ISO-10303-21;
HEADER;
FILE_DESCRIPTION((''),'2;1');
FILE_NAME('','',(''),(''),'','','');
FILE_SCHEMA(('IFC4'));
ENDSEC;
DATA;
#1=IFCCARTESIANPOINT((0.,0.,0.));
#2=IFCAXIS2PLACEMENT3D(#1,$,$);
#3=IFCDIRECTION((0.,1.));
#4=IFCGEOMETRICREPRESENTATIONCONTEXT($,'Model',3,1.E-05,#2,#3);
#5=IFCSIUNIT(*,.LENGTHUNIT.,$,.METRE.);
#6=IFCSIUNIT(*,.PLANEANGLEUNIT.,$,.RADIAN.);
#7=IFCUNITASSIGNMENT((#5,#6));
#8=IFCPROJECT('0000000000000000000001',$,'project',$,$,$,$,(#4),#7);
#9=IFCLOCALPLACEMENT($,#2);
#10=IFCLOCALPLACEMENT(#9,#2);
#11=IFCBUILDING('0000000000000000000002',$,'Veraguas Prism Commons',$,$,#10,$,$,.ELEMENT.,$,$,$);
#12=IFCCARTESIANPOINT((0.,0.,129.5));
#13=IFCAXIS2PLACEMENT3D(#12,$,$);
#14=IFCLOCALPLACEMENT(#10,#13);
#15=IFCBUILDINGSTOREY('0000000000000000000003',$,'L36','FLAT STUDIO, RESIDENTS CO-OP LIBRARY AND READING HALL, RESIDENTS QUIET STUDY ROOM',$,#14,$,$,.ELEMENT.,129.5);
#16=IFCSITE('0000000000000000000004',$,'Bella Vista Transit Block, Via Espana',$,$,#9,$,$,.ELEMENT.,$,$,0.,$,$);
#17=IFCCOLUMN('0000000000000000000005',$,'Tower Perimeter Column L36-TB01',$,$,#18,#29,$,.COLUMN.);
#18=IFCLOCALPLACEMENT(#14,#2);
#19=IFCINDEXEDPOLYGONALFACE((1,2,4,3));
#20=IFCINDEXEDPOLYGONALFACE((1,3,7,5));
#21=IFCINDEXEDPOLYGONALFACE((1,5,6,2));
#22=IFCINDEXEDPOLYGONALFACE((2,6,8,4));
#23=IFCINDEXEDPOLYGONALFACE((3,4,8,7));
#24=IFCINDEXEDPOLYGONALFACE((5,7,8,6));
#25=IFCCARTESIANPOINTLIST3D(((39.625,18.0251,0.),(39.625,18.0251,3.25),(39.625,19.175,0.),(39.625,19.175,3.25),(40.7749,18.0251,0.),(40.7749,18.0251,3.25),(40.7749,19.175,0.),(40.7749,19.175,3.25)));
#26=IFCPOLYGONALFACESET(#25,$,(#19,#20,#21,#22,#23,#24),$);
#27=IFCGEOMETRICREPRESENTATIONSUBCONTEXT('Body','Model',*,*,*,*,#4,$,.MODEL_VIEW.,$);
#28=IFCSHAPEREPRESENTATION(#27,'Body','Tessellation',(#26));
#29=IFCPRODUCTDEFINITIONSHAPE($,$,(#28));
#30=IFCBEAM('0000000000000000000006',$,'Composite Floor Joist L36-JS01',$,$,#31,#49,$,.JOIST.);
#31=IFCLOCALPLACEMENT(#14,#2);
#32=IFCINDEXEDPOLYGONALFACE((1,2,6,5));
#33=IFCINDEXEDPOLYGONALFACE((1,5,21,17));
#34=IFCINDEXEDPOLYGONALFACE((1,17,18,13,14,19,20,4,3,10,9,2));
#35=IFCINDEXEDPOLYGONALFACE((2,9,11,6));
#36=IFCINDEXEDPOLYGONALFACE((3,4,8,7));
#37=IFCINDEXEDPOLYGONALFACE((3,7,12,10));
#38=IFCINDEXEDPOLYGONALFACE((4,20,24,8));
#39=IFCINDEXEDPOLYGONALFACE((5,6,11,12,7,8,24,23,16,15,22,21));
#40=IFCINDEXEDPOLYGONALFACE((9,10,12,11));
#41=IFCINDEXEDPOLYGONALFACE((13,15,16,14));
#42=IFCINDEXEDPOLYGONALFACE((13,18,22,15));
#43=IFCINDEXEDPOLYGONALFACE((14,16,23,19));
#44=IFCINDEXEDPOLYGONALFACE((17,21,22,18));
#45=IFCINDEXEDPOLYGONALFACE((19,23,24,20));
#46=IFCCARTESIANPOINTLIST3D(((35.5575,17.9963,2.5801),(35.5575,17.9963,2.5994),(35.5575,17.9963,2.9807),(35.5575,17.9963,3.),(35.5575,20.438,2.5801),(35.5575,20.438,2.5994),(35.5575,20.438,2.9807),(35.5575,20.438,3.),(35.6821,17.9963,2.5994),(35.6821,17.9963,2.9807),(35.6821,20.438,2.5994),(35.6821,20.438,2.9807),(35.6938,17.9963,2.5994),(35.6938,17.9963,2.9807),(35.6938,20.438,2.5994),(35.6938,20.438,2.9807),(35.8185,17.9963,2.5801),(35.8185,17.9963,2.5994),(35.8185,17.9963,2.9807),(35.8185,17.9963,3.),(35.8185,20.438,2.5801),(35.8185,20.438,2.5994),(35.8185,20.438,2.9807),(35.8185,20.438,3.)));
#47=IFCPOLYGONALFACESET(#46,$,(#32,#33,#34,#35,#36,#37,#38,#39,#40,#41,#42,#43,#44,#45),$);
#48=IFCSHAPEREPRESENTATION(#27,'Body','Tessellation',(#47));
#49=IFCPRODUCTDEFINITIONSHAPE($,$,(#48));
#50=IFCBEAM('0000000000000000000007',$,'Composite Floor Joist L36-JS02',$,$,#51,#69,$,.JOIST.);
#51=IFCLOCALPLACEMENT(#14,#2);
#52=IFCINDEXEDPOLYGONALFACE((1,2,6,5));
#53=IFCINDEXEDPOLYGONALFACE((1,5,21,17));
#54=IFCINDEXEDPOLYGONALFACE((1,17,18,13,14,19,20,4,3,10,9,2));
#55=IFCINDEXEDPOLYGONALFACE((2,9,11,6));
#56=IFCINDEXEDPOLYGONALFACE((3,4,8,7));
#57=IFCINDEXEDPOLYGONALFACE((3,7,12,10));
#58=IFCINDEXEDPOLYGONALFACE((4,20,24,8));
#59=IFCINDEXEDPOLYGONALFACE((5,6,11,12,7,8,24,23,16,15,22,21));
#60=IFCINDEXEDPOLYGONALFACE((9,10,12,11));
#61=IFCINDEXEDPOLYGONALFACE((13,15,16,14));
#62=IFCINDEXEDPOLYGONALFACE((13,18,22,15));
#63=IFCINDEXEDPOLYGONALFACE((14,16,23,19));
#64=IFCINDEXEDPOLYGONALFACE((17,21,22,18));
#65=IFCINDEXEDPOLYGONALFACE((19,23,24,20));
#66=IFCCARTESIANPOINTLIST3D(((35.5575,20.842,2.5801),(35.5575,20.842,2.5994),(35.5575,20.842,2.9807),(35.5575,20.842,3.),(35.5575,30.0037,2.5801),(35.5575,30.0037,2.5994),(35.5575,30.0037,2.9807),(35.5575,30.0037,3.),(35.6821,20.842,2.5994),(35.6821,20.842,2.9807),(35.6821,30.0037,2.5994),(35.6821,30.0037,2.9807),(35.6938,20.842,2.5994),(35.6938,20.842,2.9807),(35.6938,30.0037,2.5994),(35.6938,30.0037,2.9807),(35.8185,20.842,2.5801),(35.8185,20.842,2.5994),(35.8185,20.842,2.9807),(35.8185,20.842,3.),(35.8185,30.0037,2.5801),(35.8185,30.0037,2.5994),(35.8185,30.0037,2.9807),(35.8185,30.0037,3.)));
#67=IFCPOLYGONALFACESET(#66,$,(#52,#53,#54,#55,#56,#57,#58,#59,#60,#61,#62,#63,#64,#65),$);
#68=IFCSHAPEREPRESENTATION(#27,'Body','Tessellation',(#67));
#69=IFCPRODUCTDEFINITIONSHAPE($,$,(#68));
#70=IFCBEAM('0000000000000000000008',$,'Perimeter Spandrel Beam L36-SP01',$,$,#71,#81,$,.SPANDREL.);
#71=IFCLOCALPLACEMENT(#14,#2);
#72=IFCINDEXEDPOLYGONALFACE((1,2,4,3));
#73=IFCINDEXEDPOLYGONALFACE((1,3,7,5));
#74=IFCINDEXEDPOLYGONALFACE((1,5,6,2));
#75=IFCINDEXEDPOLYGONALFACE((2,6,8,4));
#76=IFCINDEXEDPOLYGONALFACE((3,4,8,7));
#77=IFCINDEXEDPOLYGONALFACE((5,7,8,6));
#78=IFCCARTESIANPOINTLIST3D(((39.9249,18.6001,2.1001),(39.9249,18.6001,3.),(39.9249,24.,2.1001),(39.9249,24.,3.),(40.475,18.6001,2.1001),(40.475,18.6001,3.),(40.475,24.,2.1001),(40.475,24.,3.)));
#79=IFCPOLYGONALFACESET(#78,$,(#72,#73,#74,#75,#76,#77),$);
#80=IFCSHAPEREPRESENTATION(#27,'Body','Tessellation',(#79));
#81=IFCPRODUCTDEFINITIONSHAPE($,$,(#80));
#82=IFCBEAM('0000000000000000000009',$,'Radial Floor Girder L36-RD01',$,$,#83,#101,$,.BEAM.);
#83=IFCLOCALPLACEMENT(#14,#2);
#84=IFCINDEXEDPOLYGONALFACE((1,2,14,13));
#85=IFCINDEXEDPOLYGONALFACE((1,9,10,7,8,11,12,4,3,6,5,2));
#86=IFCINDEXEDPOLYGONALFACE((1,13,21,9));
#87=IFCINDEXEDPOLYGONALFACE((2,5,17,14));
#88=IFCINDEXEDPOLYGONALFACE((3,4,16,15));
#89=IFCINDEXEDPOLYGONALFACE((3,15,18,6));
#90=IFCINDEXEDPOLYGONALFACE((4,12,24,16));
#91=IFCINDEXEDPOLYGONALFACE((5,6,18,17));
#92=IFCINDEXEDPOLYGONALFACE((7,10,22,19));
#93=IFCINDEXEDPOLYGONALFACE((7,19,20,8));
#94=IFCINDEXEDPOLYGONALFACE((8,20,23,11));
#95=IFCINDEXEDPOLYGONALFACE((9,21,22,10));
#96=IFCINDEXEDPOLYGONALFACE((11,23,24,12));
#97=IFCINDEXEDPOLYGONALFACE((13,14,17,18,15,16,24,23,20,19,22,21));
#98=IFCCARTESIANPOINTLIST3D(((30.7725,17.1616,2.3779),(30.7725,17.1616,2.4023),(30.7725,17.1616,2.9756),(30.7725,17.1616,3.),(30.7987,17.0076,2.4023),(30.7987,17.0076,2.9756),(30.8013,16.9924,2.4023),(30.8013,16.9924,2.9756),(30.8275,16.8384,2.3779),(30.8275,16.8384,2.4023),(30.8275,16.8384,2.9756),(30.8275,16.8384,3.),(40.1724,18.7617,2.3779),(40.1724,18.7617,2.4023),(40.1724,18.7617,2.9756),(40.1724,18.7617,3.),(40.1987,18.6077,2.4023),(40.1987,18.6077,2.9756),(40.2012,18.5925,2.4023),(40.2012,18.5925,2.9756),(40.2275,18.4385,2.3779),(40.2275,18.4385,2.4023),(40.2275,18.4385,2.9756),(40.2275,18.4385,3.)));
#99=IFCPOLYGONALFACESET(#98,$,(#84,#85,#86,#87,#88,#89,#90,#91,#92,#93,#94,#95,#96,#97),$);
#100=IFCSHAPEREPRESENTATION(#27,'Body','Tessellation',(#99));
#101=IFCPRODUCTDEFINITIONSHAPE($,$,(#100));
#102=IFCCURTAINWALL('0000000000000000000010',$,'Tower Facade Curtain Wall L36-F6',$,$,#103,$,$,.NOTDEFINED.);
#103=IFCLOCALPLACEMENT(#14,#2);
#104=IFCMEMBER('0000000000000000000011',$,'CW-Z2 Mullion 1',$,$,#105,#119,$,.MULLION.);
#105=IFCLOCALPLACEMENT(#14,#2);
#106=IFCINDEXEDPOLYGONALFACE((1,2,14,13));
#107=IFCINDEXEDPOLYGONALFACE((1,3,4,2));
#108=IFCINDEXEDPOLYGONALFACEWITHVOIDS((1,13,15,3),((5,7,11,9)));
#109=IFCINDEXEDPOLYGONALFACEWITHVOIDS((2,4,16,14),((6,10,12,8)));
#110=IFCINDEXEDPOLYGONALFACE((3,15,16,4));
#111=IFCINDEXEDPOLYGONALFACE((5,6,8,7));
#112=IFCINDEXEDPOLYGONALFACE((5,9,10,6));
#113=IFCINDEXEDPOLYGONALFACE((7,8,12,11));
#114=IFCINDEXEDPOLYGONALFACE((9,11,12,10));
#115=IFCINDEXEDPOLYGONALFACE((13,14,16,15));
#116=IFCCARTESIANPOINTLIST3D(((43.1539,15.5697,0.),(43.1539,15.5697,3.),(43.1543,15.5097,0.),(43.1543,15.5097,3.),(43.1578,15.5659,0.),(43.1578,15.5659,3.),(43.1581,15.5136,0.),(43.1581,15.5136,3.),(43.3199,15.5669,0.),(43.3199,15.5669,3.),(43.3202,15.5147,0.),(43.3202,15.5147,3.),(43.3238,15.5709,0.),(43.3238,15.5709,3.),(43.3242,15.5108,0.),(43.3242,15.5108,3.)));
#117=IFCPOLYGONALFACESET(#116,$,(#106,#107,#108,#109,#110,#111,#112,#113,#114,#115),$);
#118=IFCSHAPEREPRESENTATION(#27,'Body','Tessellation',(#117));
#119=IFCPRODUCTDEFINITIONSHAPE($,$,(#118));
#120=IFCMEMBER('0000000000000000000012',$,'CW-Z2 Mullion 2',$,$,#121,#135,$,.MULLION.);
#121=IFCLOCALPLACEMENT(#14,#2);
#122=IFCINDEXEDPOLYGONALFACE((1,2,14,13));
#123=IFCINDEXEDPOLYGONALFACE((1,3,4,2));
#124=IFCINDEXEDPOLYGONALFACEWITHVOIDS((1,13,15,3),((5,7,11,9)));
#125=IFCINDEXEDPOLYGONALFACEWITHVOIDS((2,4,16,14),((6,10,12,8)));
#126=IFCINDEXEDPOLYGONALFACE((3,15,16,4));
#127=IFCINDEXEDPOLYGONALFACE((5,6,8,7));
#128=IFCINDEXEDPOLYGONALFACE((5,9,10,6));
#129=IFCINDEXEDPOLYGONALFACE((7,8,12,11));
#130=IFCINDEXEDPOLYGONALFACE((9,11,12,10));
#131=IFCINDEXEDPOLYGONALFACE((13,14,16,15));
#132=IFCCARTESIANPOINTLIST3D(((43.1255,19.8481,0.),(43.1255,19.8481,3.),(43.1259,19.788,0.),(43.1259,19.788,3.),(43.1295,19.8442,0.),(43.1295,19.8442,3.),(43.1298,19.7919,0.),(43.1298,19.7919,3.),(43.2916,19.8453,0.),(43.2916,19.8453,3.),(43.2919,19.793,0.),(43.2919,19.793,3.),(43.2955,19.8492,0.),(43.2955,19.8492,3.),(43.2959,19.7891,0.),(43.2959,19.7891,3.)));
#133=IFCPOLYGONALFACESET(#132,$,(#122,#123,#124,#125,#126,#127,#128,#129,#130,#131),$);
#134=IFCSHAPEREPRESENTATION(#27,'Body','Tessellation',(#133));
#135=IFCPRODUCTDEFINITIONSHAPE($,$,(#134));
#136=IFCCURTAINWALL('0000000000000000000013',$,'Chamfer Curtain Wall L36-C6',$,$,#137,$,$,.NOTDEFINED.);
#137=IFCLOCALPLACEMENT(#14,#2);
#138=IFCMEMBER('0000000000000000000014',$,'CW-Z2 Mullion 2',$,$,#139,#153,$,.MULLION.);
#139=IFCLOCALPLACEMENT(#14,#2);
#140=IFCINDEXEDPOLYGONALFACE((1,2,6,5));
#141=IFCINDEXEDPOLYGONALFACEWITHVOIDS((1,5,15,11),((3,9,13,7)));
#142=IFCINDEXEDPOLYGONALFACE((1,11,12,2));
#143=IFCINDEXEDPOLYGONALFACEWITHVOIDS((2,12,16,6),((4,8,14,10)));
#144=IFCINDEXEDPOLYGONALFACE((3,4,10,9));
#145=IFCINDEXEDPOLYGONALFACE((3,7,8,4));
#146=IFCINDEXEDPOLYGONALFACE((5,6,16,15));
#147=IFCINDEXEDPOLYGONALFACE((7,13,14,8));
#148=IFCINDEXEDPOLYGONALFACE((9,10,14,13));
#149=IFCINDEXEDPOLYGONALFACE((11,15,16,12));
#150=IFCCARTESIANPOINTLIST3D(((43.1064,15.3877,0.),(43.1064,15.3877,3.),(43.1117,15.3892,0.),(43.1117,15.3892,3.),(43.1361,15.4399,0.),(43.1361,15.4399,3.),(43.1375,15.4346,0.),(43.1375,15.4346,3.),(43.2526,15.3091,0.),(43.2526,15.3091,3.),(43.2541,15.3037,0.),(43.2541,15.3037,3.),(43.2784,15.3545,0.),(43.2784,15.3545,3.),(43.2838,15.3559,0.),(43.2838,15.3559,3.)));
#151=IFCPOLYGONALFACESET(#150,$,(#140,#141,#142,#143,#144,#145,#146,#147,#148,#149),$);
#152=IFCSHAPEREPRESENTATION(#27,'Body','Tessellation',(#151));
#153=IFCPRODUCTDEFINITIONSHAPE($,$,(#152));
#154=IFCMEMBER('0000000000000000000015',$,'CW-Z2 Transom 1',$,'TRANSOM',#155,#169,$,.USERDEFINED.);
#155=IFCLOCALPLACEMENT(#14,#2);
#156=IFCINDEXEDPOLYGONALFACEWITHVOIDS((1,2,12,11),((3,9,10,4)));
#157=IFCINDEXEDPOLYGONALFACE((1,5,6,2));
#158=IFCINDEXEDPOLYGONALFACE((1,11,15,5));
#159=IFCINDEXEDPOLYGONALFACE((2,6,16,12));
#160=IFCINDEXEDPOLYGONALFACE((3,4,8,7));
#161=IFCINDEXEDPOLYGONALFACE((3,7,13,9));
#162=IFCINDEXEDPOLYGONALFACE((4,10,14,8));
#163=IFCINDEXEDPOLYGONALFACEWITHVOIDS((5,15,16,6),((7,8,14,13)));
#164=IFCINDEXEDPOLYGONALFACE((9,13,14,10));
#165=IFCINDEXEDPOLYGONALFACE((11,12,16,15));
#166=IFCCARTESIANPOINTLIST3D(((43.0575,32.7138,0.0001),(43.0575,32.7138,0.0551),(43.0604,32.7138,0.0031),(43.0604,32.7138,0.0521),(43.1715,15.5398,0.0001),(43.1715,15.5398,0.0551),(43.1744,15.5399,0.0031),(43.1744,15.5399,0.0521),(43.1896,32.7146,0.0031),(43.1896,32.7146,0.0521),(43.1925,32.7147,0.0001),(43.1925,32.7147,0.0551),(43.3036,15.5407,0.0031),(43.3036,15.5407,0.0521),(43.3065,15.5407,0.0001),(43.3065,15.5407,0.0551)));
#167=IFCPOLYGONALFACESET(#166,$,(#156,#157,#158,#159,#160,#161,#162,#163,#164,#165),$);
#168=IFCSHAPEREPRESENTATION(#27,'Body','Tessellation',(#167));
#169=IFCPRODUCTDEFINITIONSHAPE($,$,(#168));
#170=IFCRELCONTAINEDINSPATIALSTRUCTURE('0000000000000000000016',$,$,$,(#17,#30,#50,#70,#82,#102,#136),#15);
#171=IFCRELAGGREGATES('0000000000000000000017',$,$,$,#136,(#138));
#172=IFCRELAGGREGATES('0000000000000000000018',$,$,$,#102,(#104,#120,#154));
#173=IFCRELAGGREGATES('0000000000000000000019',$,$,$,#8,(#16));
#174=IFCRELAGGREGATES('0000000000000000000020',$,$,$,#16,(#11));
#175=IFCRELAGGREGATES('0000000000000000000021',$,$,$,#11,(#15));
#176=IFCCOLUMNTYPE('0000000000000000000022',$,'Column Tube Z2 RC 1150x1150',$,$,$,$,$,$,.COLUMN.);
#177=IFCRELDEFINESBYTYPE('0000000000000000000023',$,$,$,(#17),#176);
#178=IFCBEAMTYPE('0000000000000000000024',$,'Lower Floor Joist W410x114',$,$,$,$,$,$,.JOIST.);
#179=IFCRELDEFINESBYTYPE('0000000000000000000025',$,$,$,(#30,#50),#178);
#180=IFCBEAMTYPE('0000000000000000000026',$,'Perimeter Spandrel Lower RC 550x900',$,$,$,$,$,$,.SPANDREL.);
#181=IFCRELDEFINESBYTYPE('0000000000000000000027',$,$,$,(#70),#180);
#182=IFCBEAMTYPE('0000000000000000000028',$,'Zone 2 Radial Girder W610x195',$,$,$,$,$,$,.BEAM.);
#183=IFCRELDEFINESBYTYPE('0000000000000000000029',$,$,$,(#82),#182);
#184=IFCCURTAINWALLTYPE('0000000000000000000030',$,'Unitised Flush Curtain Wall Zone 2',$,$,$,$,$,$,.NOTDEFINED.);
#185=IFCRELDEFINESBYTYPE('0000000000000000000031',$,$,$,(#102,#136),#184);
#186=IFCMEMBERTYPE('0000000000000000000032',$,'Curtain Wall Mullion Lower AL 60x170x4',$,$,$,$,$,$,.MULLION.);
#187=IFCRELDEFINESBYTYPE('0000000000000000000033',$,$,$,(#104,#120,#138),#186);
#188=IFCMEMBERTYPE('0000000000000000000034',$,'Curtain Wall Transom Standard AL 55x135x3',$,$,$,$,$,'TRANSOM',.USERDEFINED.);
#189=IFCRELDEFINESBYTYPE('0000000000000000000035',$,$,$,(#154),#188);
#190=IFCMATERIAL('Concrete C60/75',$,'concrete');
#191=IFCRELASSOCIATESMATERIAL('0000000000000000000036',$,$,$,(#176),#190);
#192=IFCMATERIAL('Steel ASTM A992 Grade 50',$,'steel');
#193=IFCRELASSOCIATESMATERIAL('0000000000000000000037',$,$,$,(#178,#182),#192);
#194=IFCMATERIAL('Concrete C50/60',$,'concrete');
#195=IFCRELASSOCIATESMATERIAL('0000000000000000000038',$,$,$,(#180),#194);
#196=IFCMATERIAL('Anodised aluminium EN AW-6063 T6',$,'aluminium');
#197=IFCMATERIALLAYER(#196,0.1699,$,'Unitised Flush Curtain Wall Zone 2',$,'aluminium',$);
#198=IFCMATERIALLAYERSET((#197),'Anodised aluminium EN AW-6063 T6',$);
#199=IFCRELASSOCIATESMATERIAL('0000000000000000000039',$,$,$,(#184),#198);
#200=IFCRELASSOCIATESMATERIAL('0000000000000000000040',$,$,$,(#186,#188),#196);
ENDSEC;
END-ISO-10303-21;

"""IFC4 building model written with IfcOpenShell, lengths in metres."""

from ifc_helpers import new_model, si_unit, direction, frame, origin, origin_2d, place, context, subcontext, project, spatial, rectangle, hollow_rectangle, i_section, extrude, source, transform, mapped, material, layer, layer_set, material_profile, profile_set, type_object, element, aggregate, save


model = new_model("IFC4")

# Units and contexts
model_context = context("Model", 3, precision=1e-05, world=origin(), true_north=direction((0.0, 1.0)))
body_context = subcontext(model_context, "Body", "Model", "MODEL_VIEW")
ifc_project = project(units=[si_unit("LENGTHUNIT", "METRE"), si_unit("PLANEANGLEUNIT", "RADIAN")], contexts=[model_context])

# Site, building, storey
site_placement = place(None, origin())
site = spatial("IfcSite", under=ifc_project, at=site_placement, Name="Bella Vista Transit Block, Via Espana", CompositionType="ELEMENT", RefElevation=0.0)
building_placement = place(site_placement, origin())
building = spatial("IfcBuilding", under=site, at=building_placement, Name="Veraguas Prism Commons", CompositionType="ELEMENT")
storey_placement = place(building_placement, frame((0.0, 0.0, 129.5)))
storey = spatial("IfcBuildingStorey", under=building, at=storey_placement, Name="L36", Description="FLAT STUDIO, RESIDENTS CO-OP LIBRARY AND READING HALL, RESIDENTS QUIET STUDY ROOM", CompositionType="ELEMENT", Elevation=129.5)

# Column
ifc_material_1 = material(Name="Concrete C60/75", Category="concrete")
ifc_material_profile_1 = material_profile(ifc_material_1, rectangle(XDim=1.1499, YDim=1.1499, at=origin_2d()), Name="RC1150X1150")
ifc_profile_set_1 = profile_set([ifc_material_profile_1], Name="Concrete C60/75")
column_type = type_object("IfcColumnType", Name="Column Tube Z2 RC 1150x1150", PredefinedType="COLUMN", material=ifc_profile_set_1)
column_placement = place(storey_placement, frame((40.2, 18.6001, 0.0), z_axis=(0.0, 0.0, 1.0), x_axis=(1.0, 0.0, 0.0)))
element("IfcColumn", 1, at=column_placement, inside=storey, type_object=column_type, Name="Tower Perimeter Column L36-TB01", PredefinedType="COLUMN", context=body_context, shape_type="SweptSolid", body=[
    extrude(rectangle(XDim=1.1499, YDim=1.1499, at=origin_2d()), origin(), (0.0, 0.0, 1.0), 3.25),
])

# Beams
ifc_material_2 = material(Name="Steel ASTM A992 Grade 50", Category="steel")
ifc_material_profile_2 = material_profile(ifc_material_2, i_section(OverallWidth=0.261, OverallDepth=0.4199, WebThickness=0.0117, FlangeThickness=0.0193, at=origin_2d()), Name="W410X114")
ifc_profile_set_2 = profile_set([ifc_material_profile_2], Name="Steel ASTM A992 Grade 50")
beam_type_1 = type_object("IfcBeamType", Name="Lower Floor Joist W410x114", PredefinedType="JOIST", material=ifc_profile_set_2)
beam_1_placement = place(storey_placement, frame((35.688, 17.9963, 2.79), z_axis=(0.0, 1.0, 0.0), x_axis=(-1.0, 0.0, 0.0)))
element("IfcBeam", 2, at=beam_1_placement, inside=storey, type_object=beam_type_1, Name="Composite Floor Joist L36-JS01", PredefinedType="JOIST", context=body_context, shape_type="SweptSolid", body=[
    extrude(i_section(OverallWidth=0.261, OverallDepth=0.4199, WebThickness=0.0117, FlangeThickness=0.0193, at=origin_2d()), origin(), (0.0, 0.0, 1.0), 2.4417),
])
beam_2_placement = place(storey_placement, frame((35.688, 20.842, 2.79), z_axis=(0.0, 1.0, 0.0), x_axis=(-1.0, 0.0, 0.0)))
element("IfcBeam", 3, at=beam_2_placement, inside=storey, type_object=beam_type_1, Name="Composite Floor Joist L36-JS02", PredefinedType="JOIST", context=body_context, shape_type="SweptSolid", body=[
    extrude(i_section(OverallWidth=0.261, OverallDepth=0.4199, WebThickness=0.0117, FlangeThickness=0.0193, at=origin_2d()), origin(), (0.0, 0.0, 1.0), 9.1616),
])
ifc_material_3 = material(Name="Concrete C50/60", Category="concrete")
ifc_material_profile_3 = material_profile(ifc_material_3, rectangle(XDim=0.55, YDim=0.8999, at=origin_2d()), Name="RC550X900")
ifc_profile_set_3 = profile_set([ifc_material_profile_3], Name="Concrete C50/60")
beam_type_2 = type_object("IfcBeamType", Name="Perimeter Spandrel Lower RC 550x900", PredefinedType="SPANDREL", material=ifc_profile_set_3)
beam_3_placement = place(storey_placement, frame((40.2, 18.6001, 2.55), z_axis=(0.0, 1.0, 0.0), x_axis=(-1.0, 0.0, 0.0)))
element("IfcBeam", 4, at=beam_3_placement, inside=storey, type_object=beam_type_2, Name="Perimeter Spandrel Beam L36-SP01", PredefinedType="SPANDREL", context=body_context, shape_type="SweptSolid", body=[
    extrude(rectangle(XDim=0.55, YDim=0.8999, at=origin_2d()), origin(), (0.0, 0.0, 1.0), 5.3999),
])
ifc_material_profile_4 = material_profile(ifc_material_2, i_section(OverallWidth=0.3279, OverallDepth=0.6221, WebThickness=0.0154, FlangeThickness=0.0244, at=origin_2d()), Name="W610X195")
ifc_profile_set_4 = profile_set([ifc_material_profile_4], Name="Steel ASTM A992 Grade 50")
beam_type_3 = type_object("IfcBeamType", Name="Zone 2 Radial Girder W610x195", PredefinedType="BEAM", material=ifc_profile_set_4)
beam_4_placement = place(storey_placement, frame((40.2, 18.6001, 2.689), z_axis=(-0.985819, -0.167811, 0.0), x_axis=(0.167811, -0.985819, 0.0)))
element("IfcBeam", 5, at=beam_4_placement, inside=storey, type_object=beam_type_3, Name="Radial Floor Girder L36-RD01", PredefinedType="BEAM", context=body_context, shape_type="SweptSolid", body=[
    extrude(i_section(OverallWidth=0.3279, OverallDepth=0.6221, WebThickness=0.0154, FlangeThickness=0.0244, at=origin_2d()), origin(), (0.0, 0.0, 1.0), 9.5352),
])

# Curtain wall, members
ifc_material_4 = material(Name="Anodised aluminium EN AW-6063 T6", Category="aluminium")
ifc_layer_1 = layer(ifc_material_4, 0.1699, Name="Unitised Flush Curtain Wall Zone 2", Category="aluminium")
ifc_layer_set_1 = layer_set([ifc_layer_1], Name="Anodised aluminium EN AW-6063 T6")
curtain_wall_type = type_object("IfcCurtainWallType", Name="Unitised Flush Curtain Wall Zone 2", PredefinedType="NOTDEFINED", material=ifc_layer_set_1)
curtain_wall_1_placement = place(storey_placement, origin())
curtain_wall_1 = element("IfcCurtainWall", 6, at=curtain_wall_1_placement, inside=storey, type_object=curtain_wall_type, Name="Tower Facade Curtain Wall L36-F6", PredefinedType="NOTDEFINED")
ifc_material_profile_5 = material_profile(ifc_material_4, hollow_rectangle(XDim=0.0601, YDim=0.1699, WallThickness=0.0039, at=origin_2d()), Name="AL60X170X4")
ifc_profile_set_5 = profile_set([ifc_material_profile_5], Name="Anodised aluminium EN AW-6063 T6")
member_type_1 = type_object("IfcMemberType", Name="Curtain Wall Mullion Lower AL 60x170x4", PredefinedType="MULLION", material=ifc_profile_set_5)
shared_shape_1 = source(origin(), body_context, "Body", "SweptSolid", [
    extrude(hollow_rectangle(XDim=0.0601, YDim=0.1699, WallThickness=0.0039, at=origin_2d()), origin(), (0.0, 0.0, 1.0), 3.0),
])
member_1_placement = place(storey_placement, frame((43.239, 15.5403, 0.0), z_axis=(0.0, 0.0, 1.0), x_axis=(-0.006632, 0.999978, 0.0)))
member_1 = element("IfcMember", 7, at=member_1_placement, type_object=member_type_1, Name="CW-Z2 Mullion 1", PredefinedType="MULLION", context=body_context, shape_type="MappedRepresentation", body=[
    mapped(shared_shape_1, transform((0.0, 0.0, 0.0), scale=1.0)),
])
member_2_placement = place(storey_placement, frame((43.2107, 19.8186, 0.0), z_axis=(0.0, 0.0, 1.0), x_axis=(-0.006632, 0.999978, 0.0)))
member_2 = element("IfcMember", 8, at=member_2_placement, type_object=member_type_1, Name="CW-Z2 Mullion 2", PredefinedType="MULLION", context=body_context, shape_type="MappedRepresentation", body=[
    mapped(shared_shape_1, transform((0.0, 0.0, 0.0), scale=1.0)),
])

# Curtain wall, member
curtain_wall_2_placement = place(storey_placement, origin())
curtain_wall_2 = element("IfcCurtainWall", 9, at=curtain_wall_2_placement, inside=storey, type_object=curtain_wall_type, Name="Chamfer Curtain Wall L36-C6", PredefinedType="NOTDEFINED")
member_3_placement = place(storey_placement, frame((43.1951, 15.3718, 0.0), z_axis=(0.0, 0.0, 1.0), x_axis=(0.494244, 0.869323, 0.0)))
member_3 = element("IfcMember", 10, at=member_3_placement, type_object=member_type_1, Name="CW-Z2 Mullion 2", PredefinedType="MULLION", context=body_context, shape_type="MappedRepresentation", body=[
    mapped(shared_shape_1, transform((0.0, 0.0, 0.0), scale=1.0)),
])
aggregate(curtain_wall_2, [member_3])

# Member
ifc_material_profile_6 = material_profile(ifc_material_4, hollow_rectangle(XDim=0.0549, YDim=0.135, WallThickness=0.0029, at=origin_2d()), Name="AL55X135X3")
ifc_profile_set_6 = profile_set([ifc_material_profile_6], Name="Anodised aluminium EN AW-6063 T6")
member_type_2 = type_object("IfcMemberType", Name="Curtain Wall Transom Standard AL 55x135x3", ElementType="TRANSOM", PredefinedType="USERDEFINED", material=ifc_profile_set_6)
shared_shape_2 = source(origin(), body_context, "Body", "SweptSolid", [
    extrude(hollow_rectangle(XDim=0.0549, YDim=0.135, WallThickness=0.0029, at=origin_2d()), origin(), (0.0, 0.0, 1.0), 17.1743),
])
member_4_placement = place(storey_placement, frame((43.239, 15.5403, 0.0276), z_axis=(-0.006639, 0.999978, 0.0), x_axis=(0.0, 0.0, 1.0)))
member_4 = element("IfcMember", 11, at=member_4_placement, type_object=member_type_2, Name="CW-Z2 Transom 1", ObjectType="TRANSOM", PredefinedType="USERDEFINED", context=body_context, shape_type="MappedRepresentation", body=[
    mapped(shared_shape_2, transform((0.0, 0.0, 0.0), scale=1.0)),
])

aggregate(curtain_wall_1, [member_1, member_2, member_4])

save(model, "model.ifc")
